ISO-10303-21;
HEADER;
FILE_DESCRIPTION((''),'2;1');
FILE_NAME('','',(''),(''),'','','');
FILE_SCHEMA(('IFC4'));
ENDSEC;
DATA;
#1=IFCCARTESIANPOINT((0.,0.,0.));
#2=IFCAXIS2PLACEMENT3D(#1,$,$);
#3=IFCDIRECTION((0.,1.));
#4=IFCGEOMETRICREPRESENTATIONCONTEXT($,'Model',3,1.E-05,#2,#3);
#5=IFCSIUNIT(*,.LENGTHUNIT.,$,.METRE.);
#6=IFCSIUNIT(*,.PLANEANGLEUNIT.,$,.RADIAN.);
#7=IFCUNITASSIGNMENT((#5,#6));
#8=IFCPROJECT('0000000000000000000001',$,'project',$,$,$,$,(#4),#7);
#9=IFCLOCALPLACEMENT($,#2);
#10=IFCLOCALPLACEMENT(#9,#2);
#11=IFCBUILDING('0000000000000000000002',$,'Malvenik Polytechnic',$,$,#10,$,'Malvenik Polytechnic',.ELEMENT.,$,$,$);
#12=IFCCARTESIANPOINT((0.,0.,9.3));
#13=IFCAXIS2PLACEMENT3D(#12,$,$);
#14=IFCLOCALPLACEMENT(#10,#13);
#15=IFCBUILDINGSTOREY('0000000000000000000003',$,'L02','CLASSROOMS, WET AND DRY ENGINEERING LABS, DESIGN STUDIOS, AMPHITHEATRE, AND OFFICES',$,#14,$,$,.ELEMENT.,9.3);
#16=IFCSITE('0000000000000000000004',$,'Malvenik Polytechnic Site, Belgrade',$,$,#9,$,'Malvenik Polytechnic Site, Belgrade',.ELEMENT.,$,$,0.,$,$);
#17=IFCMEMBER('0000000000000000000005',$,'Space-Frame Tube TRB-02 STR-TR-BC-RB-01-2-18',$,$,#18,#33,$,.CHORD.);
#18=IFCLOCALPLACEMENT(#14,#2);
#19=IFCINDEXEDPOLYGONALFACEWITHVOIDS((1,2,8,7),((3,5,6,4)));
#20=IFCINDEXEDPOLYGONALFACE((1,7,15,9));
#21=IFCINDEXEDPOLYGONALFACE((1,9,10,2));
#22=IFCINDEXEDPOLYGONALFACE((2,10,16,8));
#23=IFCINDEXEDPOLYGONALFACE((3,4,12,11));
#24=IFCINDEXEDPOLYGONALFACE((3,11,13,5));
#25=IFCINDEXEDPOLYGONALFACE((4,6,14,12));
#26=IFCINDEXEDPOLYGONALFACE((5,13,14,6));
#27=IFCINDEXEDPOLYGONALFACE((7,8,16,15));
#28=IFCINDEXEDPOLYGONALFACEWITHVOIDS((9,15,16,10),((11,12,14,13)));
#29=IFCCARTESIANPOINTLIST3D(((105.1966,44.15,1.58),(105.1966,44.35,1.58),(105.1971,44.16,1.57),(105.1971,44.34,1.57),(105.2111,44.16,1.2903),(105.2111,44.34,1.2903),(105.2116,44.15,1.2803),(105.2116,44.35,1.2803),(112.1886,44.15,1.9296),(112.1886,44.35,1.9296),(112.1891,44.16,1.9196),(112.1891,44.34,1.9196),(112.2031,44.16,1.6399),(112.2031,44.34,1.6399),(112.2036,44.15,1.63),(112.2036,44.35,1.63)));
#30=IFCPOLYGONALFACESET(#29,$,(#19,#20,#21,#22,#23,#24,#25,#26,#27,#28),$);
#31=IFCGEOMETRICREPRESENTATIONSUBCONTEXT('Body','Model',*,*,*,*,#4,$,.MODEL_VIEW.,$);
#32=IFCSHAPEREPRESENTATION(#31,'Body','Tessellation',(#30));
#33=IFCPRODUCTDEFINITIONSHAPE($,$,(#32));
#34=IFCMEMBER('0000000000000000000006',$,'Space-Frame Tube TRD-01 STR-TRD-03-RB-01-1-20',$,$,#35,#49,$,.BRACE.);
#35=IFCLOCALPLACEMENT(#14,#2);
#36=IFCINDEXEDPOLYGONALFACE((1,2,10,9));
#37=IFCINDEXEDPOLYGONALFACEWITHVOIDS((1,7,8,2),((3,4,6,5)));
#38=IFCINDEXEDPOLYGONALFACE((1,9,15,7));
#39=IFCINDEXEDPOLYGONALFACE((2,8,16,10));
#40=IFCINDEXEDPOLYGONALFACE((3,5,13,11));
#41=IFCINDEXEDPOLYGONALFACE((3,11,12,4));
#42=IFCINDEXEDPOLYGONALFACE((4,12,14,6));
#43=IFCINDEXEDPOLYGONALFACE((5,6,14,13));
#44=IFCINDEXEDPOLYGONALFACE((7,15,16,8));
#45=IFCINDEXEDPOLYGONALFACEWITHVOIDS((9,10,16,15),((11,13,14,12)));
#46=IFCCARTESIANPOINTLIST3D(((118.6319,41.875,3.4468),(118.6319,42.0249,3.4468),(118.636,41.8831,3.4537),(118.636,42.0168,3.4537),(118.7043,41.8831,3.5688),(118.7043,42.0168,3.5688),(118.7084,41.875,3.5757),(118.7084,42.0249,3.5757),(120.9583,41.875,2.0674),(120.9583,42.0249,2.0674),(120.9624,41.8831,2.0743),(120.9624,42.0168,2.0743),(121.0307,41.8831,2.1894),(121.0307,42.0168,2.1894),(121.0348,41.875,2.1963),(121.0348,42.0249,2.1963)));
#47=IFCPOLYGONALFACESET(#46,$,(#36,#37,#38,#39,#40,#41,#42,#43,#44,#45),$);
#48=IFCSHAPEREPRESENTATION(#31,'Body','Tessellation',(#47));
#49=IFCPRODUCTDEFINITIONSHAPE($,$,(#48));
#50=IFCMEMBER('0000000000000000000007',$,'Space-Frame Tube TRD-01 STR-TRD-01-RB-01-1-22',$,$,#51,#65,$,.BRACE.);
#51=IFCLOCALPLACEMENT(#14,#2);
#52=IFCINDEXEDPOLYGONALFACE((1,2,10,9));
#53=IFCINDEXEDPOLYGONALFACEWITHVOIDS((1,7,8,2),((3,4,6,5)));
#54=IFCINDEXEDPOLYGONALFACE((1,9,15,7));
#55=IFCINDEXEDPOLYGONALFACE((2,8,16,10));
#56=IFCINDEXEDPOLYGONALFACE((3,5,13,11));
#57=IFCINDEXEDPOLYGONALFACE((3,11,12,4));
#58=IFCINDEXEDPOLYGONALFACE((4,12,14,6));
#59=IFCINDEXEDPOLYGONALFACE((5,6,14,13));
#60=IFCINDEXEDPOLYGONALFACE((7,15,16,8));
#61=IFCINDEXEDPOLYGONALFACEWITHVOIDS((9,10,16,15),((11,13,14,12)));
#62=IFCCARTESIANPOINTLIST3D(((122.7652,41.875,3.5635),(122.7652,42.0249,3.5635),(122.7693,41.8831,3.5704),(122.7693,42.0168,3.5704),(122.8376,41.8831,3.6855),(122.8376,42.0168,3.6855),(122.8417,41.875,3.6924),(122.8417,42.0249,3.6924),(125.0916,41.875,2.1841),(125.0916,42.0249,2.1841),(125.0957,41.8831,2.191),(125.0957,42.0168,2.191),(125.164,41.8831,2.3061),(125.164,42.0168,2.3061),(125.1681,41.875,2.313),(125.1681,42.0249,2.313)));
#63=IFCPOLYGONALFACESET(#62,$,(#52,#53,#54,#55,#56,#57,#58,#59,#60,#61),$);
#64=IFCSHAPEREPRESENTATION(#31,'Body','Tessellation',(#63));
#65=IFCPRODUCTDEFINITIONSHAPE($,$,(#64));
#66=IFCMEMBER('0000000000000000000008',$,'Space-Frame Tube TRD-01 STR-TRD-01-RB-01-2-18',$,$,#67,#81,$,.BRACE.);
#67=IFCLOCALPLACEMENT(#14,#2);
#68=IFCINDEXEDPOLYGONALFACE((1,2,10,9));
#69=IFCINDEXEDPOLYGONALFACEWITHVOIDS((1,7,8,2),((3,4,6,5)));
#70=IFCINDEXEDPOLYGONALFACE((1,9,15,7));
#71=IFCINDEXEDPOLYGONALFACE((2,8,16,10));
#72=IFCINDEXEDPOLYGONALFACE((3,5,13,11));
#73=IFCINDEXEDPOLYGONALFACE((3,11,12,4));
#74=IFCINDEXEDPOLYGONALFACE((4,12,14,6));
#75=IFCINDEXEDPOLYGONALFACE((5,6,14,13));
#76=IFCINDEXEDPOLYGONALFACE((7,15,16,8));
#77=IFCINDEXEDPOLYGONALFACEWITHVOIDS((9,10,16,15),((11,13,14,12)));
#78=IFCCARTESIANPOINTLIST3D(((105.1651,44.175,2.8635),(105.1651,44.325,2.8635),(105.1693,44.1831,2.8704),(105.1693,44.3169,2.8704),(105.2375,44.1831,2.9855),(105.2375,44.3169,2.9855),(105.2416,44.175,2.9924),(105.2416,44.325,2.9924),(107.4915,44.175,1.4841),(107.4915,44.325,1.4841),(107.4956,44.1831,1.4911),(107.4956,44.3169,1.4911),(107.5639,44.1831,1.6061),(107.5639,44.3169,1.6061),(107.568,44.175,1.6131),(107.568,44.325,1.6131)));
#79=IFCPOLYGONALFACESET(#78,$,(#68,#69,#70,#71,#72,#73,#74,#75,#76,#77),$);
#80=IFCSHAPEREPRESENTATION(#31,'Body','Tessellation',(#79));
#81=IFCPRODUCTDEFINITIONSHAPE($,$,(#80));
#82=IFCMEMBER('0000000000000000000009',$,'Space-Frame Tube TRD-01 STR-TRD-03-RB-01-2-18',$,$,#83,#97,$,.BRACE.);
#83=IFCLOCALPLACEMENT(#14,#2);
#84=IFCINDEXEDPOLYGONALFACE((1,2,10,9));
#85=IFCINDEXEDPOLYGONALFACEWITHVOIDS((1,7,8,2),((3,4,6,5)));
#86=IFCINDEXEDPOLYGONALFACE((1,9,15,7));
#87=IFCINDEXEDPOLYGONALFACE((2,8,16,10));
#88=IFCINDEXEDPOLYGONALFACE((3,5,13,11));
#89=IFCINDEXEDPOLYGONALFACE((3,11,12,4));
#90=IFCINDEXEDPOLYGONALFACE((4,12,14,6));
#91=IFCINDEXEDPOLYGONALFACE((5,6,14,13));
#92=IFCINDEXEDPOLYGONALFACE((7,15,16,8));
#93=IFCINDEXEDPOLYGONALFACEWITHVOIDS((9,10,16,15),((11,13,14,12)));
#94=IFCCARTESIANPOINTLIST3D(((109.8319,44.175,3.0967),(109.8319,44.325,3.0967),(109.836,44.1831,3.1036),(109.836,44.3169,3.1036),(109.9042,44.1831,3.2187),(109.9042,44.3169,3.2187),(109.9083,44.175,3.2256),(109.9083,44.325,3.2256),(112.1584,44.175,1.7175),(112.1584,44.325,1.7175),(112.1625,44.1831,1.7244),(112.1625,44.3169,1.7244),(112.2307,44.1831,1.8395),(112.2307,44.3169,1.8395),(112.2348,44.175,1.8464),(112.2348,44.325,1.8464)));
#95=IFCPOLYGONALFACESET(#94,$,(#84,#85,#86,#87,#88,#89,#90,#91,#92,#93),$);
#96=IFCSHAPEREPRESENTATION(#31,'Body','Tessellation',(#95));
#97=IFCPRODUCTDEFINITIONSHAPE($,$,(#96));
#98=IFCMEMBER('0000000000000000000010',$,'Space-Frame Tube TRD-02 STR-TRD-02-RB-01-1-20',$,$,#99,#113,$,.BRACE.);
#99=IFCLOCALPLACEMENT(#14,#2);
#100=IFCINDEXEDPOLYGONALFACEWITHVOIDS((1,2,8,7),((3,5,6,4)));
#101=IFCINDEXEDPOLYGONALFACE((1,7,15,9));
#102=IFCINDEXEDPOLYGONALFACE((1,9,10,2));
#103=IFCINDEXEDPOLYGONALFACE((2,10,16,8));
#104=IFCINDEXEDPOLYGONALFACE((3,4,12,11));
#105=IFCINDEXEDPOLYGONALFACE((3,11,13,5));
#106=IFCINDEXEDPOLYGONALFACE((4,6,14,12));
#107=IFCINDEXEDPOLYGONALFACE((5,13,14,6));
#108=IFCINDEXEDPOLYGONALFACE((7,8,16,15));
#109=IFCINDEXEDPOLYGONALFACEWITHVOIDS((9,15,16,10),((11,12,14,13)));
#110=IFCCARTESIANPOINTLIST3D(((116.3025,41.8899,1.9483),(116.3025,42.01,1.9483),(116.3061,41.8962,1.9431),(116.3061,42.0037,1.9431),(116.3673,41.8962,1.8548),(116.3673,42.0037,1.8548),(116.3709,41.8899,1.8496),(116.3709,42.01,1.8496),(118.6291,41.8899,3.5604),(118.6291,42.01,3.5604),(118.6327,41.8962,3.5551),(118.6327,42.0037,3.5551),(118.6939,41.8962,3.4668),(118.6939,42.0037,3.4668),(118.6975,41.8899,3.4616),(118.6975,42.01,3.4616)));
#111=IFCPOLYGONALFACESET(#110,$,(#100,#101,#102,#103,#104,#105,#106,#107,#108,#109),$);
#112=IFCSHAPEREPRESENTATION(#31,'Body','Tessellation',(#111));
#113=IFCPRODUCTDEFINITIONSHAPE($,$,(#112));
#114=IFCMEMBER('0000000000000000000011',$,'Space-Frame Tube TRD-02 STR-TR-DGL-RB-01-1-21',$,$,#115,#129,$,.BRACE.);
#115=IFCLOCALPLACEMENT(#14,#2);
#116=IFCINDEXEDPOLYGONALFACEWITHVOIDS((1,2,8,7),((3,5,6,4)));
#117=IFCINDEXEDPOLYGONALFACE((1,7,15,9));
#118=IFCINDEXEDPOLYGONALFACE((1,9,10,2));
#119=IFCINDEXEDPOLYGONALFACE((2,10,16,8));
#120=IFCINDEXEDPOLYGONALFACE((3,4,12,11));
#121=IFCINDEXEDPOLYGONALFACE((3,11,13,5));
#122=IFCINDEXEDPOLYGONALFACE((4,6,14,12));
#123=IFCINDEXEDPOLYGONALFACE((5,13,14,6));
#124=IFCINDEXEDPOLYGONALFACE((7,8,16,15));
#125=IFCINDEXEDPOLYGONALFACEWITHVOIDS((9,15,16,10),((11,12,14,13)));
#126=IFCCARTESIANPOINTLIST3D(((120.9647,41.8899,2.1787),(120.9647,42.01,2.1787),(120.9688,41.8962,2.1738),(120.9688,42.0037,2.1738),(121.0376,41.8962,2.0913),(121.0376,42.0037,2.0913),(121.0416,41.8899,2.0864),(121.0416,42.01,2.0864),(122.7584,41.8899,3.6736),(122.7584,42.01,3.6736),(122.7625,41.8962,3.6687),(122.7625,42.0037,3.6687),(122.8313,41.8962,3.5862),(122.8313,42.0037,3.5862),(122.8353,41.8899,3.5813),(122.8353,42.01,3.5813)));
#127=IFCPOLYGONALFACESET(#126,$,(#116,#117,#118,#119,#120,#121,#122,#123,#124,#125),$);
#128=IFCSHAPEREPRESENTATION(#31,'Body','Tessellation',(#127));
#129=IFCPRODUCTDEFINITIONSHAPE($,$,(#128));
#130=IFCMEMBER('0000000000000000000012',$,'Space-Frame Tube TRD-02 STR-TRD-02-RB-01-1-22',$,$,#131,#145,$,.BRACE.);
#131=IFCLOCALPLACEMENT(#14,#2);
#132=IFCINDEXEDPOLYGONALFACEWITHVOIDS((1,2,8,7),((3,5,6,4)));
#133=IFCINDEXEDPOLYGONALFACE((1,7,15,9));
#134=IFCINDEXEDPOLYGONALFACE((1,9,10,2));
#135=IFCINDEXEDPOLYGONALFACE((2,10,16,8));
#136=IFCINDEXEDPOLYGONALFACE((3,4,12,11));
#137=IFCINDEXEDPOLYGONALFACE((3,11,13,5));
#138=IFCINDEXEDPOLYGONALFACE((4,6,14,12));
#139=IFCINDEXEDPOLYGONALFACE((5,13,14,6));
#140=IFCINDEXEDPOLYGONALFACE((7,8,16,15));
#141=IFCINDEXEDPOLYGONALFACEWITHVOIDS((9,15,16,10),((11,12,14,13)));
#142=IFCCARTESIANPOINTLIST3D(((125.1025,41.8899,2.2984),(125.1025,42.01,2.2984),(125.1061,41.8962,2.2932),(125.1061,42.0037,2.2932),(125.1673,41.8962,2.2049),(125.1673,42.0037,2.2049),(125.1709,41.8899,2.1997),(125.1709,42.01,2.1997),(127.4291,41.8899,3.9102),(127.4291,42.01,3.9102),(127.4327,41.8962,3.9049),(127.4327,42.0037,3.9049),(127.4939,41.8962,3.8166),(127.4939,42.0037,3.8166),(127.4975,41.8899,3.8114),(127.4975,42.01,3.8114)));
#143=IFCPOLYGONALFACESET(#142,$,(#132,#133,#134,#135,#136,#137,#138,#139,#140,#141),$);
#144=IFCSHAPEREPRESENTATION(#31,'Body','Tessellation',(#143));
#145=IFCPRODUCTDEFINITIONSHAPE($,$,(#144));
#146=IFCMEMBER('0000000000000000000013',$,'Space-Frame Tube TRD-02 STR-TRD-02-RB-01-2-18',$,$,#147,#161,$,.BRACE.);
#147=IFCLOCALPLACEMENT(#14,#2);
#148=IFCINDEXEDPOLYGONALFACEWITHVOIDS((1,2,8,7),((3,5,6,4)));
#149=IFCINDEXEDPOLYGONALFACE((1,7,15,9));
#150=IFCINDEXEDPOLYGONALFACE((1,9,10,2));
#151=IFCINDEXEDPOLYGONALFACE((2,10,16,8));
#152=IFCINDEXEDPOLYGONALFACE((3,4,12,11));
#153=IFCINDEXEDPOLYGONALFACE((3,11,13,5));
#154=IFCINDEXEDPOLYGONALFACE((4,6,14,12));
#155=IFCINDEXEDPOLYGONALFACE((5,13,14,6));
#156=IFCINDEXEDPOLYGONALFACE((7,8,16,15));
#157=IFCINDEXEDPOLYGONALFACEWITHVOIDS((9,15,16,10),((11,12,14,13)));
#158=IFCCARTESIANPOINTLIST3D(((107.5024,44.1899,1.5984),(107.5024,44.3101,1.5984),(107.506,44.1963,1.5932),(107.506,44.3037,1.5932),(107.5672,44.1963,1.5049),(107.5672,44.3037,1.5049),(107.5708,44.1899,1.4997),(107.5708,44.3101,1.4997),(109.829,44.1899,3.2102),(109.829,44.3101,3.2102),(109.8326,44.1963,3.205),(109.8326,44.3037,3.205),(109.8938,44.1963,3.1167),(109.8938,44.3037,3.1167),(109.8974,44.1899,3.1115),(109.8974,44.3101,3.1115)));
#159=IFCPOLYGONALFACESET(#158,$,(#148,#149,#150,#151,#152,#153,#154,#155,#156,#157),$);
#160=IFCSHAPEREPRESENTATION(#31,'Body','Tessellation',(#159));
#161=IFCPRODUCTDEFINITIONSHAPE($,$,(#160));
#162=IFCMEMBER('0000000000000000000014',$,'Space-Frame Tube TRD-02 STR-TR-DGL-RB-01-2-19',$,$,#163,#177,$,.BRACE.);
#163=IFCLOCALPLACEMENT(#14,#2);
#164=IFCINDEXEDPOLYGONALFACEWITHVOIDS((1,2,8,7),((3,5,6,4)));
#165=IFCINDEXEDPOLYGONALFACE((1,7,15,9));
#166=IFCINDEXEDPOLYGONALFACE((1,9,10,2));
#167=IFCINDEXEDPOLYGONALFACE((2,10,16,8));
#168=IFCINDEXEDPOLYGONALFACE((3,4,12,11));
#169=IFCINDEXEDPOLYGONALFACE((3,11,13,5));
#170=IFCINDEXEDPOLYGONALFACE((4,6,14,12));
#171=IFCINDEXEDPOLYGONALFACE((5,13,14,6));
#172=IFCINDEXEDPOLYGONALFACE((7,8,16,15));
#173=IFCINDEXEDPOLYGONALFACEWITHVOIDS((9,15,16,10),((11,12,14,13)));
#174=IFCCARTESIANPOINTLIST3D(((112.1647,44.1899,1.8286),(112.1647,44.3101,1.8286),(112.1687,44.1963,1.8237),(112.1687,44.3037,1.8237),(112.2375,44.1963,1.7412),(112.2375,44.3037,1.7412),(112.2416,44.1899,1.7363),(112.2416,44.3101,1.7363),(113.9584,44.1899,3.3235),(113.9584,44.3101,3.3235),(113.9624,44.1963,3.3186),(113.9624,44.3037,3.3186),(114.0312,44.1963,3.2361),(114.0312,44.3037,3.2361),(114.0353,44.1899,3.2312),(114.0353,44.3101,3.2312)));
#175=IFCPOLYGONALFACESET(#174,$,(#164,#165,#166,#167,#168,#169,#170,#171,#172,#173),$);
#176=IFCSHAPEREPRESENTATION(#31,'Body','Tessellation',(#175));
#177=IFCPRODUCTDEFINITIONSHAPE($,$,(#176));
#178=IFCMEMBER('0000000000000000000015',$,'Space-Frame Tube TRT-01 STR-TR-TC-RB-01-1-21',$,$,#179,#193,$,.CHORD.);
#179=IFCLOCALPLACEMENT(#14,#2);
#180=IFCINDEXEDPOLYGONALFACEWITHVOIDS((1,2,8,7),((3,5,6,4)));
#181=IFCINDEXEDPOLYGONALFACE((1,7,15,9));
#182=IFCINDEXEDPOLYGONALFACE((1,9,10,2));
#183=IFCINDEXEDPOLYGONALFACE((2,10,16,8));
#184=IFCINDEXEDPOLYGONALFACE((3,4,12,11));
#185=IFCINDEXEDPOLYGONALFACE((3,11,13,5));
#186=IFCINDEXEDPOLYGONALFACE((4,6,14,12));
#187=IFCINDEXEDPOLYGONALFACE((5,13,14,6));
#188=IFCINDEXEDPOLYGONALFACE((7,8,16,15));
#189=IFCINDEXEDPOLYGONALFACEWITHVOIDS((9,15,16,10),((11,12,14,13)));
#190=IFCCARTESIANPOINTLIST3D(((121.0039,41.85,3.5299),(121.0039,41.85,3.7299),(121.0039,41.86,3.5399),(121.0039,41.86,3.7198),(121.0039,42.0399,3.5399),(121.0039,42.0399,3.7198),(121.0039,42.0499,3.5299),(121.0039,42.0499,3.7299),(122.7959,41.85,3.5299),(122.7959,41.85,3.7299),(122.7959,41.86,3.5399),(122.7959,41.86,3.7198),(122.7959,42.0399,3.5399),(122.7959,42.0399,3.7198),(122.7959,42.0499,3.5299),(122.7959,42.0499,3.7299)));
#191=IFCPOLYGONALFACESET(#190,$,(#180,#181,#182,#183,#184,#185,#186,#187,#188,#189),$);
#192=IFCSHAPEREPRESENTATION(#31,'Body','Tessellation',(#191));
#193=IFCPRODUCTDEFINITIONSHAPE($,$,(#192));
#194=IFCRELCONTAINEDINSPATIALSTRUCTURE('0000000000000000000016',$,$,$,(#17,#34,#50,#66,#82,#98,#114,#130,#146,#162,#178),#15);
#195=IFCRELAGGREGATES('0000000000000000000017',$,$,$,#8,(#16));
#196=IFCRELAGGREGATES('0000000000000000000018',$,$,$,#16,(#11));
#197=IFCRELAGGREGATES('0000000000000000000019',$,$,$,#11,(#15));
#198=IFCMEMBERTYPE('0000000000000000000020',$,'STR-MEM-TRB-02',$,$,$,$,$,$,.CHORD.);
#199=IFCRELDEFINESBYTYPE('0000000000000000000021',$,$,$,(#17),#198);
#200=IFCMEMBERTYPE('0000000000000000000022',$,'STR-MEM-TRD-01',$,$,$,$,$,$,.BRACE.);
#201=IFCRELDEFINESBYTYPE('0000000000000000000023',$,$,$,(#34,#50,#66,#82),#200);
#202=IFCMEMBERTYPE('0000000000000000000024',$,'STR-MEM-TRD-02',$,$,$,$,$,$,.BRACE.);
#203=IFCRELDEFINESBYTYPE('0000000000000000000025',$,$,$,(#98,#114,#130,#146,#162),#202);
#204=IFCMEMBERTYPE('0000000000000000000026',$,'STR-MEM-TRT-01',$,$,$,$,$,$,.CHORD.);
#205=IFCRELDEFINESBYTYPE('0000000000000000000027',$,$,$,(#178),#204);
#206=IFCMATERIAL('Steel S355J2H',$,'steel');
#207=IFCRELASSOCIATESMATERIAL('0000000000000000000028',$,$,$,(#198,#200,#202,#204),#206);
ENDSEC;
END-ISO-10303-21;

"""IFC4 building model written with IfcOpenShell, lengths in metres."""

from ifc_helpers import new_model, si_unit, direction, frame, origin, origin_2d, place, context, subcontext, project, spatial, hollow_rectangle, extrude, material, material_profile, profile_set, type_object, element, save


model = new_model("IFC4")

# Units and contexts
model_context = context("Model", 3, precision=1e-05, world=origin(), true_north=direction((0.0, 1.0)))
body_context = subcontext(model_context, "Body", "Model", "MODEL_VIEW")
ifc_project = project(units=[si_unit("LENGTHUNIT", "METRE"), si_unit("PLANEANGLEUNIT", "RADIAN")], contexts=[model_context])

# Site, building, storey
site_placement = place(None, origin())
site = spatial("IfcSite", under=ifc_project, at=site_placement, Name="Malvenik Polytechnic Site, Belgrade", LongName="Malvenik Polytechnic Site, Belgrade", CompositionType="ELEMENT", RefElevation=0.0)
building_placement = place(site_placement, origin())
building = spatial("IfcBuilding", under=site, at=building_placement, Name="Malvenik Polytechnic", LongName="Malvenik Polytechnic", CompositionType="ELEMENT")
storey_placement = place(building_placement, frame((0.0, 0.0, 9.3)))
storey = spatial("IfcBuildingStorey", under=building, at=storey_placement, Name="L02", Description="CLASSROOMS, WET AND DRY ENGINEERING LABS, DESIGN STUDIOS, AMPHITHEATRE, AND OFFICES", CompositionType="ELEMENT", Elevation=9.3)

# Shared definitions
ifc_material_1 = material(Name="Steel S355J2H", Category="steel")

# Members
ifc_material_profile_1 = material_profile(ifc_material_1, hollow_rectangle(XDim=0.2, YDim=0.3, WallThickness=0.01, at=origin_2d()), Name="RHS 300x200x10.0")
ifc_profile_set_1 = profile_set([ifc_material_profile_1], Name="Steel S355J2H")
member_type_1 = type_object("IfcMemberType", Name="STR-MEM-TRB-02", PredefinedType="CHORD", material=ifc_profile_set_1)
member_1_placement = place(storey_placement, frame((105.2041, 44.25, 1.4302), z_axis=(0.998752, 0.0, 0.049939), x_axis=(0.0, 1.0, 0.0)))
element("IfcMember", 1, at=member_1_placement, inside=storey, type_object=member_type_1, Name="Space-Frame Tube TRB-02 STR-TR-BC-RB-01-2-18", PredefinedType="CHORD", context=body_context, shape_type="SweptSolid", body=[
    extrude(hollow_rectangle(XDim=0.2, YDim=0.3, WallThickness=0.01, at=origin_2d()), origin(), (0.0, 0.0, 1.0), 7.0007),
])
ifc_material_profile_2 = material_profile(ifc_material_1, hollow_rectangle(XDim=0.1499, YDim=0.1499, WallThickness=0.0081, at=origin_2d()), Name="SHS 150x150x8.0")
ifc_profile_set_2 = profile_set([ifc_material_profile_2], Name="Steel S355J2H")
member_type_2 = type_object("IfcMemberType", Name="STR-MEM-TRD-01", PredefinedType="BRACE", material=ifc_profile_set_2)
for number, where, z_axis, x_axis, name in (
    (2, (118.6702, 41.95, 3.5112), (0.860165, 0.0, -0.510015), (0.0, 1.0, 0.0), "Space-Frame Tube TRD-01 STR-TRD-03-RB-01-1-20"),
    (3, (122.8035, 41.95, 3.6279), (0.860165, 0.0, -0.510015), (0.0, 1.0, 0.0), "Space-Frame Tube TRD-01 STR-TRD-01-RB-01-1-22"),
    (4, (105.2034, 44.25, 2.928), (0.860165, 0.0, -0.510015), (0.0, 1.0, 0.0), "Space-Frame Tube TRD-01 STR-TRD-01-RB-01-2-18"),
    (5, (109.8701, 44.25, 3.1611), (0.860205, 0.0, -0.509948), (0.0, 1.0, 0.0), "Space-Frame Tube TRD-01 STR-TRD-03-RB-01-2-18"),
):
    element("IfcMember", number, at=place(storey_placement, frame(where, z_axis=z_axis, x_axis=x_axis)), inside=storey, type_object=member_type_2, Name=name, PredefinedType="BRACE", context=body_context, shape_type="SweptSolid", body=[
        extrude(hollow_rectangle(XDim=0.1499, YDim=0.1499, WallThickness=0.0081, at=origin_2d()), origin(), (0.0, 0.0, 1.0), 2.7046),
    ])
ifc_material_profile_3 = material_profile(ifc_material_1, hollow_rectangle(XDim=0.1201, YDim=0.1201, WallThickness=0.0063, at=origin_2d()), Name="SHS 120x120x6.3")
ifc_profile_set_3 = profile_set([ifc_material_profile_3], Name="Steel S355J2H")
member_type_3 = type_object("IfcMemberType", Name="STR-MEM-TRD-02", PredefinedType="BRACE", material=ifc_profile_set_3)
member_2_placement = place(storey_placement, frame((116.3367, 41.95, 1.8989), z_axis=(0.821978, 0.0, 0.569519), x_axis=(0.0, 1.0, 0.0)))
element("IfcMember", 6, at=member_2_placement, inside=storey, type_object=member_type_3, Name="Space-Frame Tube TRD-02 STR-TRD-02-RB-01-1-20", PredefinedType="BRACE", context=body_context, shape_type="SweptSolid", body=[
    extrude(hollow_rectangle(XDim=0.1201, YDim=0.1201, WallThickness=0.0063, at=origin_2d()), origin(), (0.0, 0.0, 1.0), 2.8306),
])
member_3_placement = place(storey_placement, frame((121.0032, 41.95, 2.1326), z_axis=(0.768196, 0.0, 0.640215), x_axis=(0.0, 1.0, 0.0)))
element("IfcMember", 7, at=member_3_placement, inside=storey, type_object=member_type_3, Name="Space-Frame Tube TRD-02 STR-TR-DGL-RB-01-1-21", PredefinedType="BRACE", context=body_context, shape_type="SweptSolid", body=[
    extrude(hollow_rectangle(XDim=0.1201, YDim=0.1201, WallThickness=0.0063, at=origin_2d()), origin(), (0.0, 0.0, 1.0), 2.335),
])
for number, where, z_axis, x_axis, name in (
    (8, (125.1367, 41.95, 2.249), (0.822018, 0.0, 0.569461), (0.0, 1.0, 0.0), "Space-Frame Tube TRD-02 STR-TRD-02-RB-01-1-22"),
    (9, (107.5366, 44.25, 1.5491), (0.822018, 0.0, 0.569461), (0.0, 1.0, 0.0), "Space-Frame Tube TRD-02 STR-TRD-02-RB-01-2-18"),
):
    element("IfcMember", number, at=place(storey_placement, frame(where, z_axis=z_axis, x_axis=x_axis)), inside=storey, type_object=member_type_3, Name=name, PredefinedType="BRACE", context=body_context, shape_type="SweptSolid", body=[
        extrude(hollow_rectangle(XDim=0.1201, YDim=0.1201, WallThickness=0.0063, at=origin_2d()), origin(), (0.0, 0.0, 1.0), 2.8303),
    ])
member_4_placement = place(storey_placement, frame((112.2031, 44.25, 1.7825), z_axis=(0.768196, 0.0, 0.640215), x_axis=(0.0, 1.0, 0.0)))
element("IfcMember", 10, at=member_4_placement, inside=storey, type_object=member_type_3, Name="Space-Frame Tube TRD-02 STR-TR-DGL-RB-01-2-19", PredefinedType="BRACE", context=body_context, shape_type="SweptSolid", body=[
    extrude(hollow_rectangle(XDim=0.1201, YDim=0.1201, WallThickness=0.0063, at=origin_2d()), origin(), (0.0, 0.0, 1.0), 2.335),
])
ifc_material_profile_4 = material_profile(ifc_material_1, hollow_rectangle(XDim=0.2, YDim=0.2, WallThickness=0.01, at=origin_2d()), Name="SHS 200x200x10.0")
ifc_profile_set_4 = profile_set([ifc_material_profile_4], Name="Steel S355J2H")
member_type_4 = type_object("IfcMemberType", Name="STR-MEM-TRT-01", PredefinedType="CHORD", material=ifc_profile_set_4)
member_5_placement = place(storey_placement, frame((121.0039, 41.95, 3.6299), z_axis=(1.0, 0.0, 0.0), x_axis=(0.0, 1.0, 0.0)))
element("IfcMember", 11, at=member_5_placement, inside=storey, type_object=member_type_4, Name="Space-Frame Tube TRT-01 STR-TR-TC-RB-01-1-21", PredefinedType="CHORD", context=body_context, shape_type="SweptSolid", body=[
    extrude(hollow_rectangle(XDim=0.2, YDim=0.2, WallThickness=0.01, at=origin_2d()), origin(), (0.0, 0.0, 1.0), 1.792),
])

save(model, "model.ifc")
